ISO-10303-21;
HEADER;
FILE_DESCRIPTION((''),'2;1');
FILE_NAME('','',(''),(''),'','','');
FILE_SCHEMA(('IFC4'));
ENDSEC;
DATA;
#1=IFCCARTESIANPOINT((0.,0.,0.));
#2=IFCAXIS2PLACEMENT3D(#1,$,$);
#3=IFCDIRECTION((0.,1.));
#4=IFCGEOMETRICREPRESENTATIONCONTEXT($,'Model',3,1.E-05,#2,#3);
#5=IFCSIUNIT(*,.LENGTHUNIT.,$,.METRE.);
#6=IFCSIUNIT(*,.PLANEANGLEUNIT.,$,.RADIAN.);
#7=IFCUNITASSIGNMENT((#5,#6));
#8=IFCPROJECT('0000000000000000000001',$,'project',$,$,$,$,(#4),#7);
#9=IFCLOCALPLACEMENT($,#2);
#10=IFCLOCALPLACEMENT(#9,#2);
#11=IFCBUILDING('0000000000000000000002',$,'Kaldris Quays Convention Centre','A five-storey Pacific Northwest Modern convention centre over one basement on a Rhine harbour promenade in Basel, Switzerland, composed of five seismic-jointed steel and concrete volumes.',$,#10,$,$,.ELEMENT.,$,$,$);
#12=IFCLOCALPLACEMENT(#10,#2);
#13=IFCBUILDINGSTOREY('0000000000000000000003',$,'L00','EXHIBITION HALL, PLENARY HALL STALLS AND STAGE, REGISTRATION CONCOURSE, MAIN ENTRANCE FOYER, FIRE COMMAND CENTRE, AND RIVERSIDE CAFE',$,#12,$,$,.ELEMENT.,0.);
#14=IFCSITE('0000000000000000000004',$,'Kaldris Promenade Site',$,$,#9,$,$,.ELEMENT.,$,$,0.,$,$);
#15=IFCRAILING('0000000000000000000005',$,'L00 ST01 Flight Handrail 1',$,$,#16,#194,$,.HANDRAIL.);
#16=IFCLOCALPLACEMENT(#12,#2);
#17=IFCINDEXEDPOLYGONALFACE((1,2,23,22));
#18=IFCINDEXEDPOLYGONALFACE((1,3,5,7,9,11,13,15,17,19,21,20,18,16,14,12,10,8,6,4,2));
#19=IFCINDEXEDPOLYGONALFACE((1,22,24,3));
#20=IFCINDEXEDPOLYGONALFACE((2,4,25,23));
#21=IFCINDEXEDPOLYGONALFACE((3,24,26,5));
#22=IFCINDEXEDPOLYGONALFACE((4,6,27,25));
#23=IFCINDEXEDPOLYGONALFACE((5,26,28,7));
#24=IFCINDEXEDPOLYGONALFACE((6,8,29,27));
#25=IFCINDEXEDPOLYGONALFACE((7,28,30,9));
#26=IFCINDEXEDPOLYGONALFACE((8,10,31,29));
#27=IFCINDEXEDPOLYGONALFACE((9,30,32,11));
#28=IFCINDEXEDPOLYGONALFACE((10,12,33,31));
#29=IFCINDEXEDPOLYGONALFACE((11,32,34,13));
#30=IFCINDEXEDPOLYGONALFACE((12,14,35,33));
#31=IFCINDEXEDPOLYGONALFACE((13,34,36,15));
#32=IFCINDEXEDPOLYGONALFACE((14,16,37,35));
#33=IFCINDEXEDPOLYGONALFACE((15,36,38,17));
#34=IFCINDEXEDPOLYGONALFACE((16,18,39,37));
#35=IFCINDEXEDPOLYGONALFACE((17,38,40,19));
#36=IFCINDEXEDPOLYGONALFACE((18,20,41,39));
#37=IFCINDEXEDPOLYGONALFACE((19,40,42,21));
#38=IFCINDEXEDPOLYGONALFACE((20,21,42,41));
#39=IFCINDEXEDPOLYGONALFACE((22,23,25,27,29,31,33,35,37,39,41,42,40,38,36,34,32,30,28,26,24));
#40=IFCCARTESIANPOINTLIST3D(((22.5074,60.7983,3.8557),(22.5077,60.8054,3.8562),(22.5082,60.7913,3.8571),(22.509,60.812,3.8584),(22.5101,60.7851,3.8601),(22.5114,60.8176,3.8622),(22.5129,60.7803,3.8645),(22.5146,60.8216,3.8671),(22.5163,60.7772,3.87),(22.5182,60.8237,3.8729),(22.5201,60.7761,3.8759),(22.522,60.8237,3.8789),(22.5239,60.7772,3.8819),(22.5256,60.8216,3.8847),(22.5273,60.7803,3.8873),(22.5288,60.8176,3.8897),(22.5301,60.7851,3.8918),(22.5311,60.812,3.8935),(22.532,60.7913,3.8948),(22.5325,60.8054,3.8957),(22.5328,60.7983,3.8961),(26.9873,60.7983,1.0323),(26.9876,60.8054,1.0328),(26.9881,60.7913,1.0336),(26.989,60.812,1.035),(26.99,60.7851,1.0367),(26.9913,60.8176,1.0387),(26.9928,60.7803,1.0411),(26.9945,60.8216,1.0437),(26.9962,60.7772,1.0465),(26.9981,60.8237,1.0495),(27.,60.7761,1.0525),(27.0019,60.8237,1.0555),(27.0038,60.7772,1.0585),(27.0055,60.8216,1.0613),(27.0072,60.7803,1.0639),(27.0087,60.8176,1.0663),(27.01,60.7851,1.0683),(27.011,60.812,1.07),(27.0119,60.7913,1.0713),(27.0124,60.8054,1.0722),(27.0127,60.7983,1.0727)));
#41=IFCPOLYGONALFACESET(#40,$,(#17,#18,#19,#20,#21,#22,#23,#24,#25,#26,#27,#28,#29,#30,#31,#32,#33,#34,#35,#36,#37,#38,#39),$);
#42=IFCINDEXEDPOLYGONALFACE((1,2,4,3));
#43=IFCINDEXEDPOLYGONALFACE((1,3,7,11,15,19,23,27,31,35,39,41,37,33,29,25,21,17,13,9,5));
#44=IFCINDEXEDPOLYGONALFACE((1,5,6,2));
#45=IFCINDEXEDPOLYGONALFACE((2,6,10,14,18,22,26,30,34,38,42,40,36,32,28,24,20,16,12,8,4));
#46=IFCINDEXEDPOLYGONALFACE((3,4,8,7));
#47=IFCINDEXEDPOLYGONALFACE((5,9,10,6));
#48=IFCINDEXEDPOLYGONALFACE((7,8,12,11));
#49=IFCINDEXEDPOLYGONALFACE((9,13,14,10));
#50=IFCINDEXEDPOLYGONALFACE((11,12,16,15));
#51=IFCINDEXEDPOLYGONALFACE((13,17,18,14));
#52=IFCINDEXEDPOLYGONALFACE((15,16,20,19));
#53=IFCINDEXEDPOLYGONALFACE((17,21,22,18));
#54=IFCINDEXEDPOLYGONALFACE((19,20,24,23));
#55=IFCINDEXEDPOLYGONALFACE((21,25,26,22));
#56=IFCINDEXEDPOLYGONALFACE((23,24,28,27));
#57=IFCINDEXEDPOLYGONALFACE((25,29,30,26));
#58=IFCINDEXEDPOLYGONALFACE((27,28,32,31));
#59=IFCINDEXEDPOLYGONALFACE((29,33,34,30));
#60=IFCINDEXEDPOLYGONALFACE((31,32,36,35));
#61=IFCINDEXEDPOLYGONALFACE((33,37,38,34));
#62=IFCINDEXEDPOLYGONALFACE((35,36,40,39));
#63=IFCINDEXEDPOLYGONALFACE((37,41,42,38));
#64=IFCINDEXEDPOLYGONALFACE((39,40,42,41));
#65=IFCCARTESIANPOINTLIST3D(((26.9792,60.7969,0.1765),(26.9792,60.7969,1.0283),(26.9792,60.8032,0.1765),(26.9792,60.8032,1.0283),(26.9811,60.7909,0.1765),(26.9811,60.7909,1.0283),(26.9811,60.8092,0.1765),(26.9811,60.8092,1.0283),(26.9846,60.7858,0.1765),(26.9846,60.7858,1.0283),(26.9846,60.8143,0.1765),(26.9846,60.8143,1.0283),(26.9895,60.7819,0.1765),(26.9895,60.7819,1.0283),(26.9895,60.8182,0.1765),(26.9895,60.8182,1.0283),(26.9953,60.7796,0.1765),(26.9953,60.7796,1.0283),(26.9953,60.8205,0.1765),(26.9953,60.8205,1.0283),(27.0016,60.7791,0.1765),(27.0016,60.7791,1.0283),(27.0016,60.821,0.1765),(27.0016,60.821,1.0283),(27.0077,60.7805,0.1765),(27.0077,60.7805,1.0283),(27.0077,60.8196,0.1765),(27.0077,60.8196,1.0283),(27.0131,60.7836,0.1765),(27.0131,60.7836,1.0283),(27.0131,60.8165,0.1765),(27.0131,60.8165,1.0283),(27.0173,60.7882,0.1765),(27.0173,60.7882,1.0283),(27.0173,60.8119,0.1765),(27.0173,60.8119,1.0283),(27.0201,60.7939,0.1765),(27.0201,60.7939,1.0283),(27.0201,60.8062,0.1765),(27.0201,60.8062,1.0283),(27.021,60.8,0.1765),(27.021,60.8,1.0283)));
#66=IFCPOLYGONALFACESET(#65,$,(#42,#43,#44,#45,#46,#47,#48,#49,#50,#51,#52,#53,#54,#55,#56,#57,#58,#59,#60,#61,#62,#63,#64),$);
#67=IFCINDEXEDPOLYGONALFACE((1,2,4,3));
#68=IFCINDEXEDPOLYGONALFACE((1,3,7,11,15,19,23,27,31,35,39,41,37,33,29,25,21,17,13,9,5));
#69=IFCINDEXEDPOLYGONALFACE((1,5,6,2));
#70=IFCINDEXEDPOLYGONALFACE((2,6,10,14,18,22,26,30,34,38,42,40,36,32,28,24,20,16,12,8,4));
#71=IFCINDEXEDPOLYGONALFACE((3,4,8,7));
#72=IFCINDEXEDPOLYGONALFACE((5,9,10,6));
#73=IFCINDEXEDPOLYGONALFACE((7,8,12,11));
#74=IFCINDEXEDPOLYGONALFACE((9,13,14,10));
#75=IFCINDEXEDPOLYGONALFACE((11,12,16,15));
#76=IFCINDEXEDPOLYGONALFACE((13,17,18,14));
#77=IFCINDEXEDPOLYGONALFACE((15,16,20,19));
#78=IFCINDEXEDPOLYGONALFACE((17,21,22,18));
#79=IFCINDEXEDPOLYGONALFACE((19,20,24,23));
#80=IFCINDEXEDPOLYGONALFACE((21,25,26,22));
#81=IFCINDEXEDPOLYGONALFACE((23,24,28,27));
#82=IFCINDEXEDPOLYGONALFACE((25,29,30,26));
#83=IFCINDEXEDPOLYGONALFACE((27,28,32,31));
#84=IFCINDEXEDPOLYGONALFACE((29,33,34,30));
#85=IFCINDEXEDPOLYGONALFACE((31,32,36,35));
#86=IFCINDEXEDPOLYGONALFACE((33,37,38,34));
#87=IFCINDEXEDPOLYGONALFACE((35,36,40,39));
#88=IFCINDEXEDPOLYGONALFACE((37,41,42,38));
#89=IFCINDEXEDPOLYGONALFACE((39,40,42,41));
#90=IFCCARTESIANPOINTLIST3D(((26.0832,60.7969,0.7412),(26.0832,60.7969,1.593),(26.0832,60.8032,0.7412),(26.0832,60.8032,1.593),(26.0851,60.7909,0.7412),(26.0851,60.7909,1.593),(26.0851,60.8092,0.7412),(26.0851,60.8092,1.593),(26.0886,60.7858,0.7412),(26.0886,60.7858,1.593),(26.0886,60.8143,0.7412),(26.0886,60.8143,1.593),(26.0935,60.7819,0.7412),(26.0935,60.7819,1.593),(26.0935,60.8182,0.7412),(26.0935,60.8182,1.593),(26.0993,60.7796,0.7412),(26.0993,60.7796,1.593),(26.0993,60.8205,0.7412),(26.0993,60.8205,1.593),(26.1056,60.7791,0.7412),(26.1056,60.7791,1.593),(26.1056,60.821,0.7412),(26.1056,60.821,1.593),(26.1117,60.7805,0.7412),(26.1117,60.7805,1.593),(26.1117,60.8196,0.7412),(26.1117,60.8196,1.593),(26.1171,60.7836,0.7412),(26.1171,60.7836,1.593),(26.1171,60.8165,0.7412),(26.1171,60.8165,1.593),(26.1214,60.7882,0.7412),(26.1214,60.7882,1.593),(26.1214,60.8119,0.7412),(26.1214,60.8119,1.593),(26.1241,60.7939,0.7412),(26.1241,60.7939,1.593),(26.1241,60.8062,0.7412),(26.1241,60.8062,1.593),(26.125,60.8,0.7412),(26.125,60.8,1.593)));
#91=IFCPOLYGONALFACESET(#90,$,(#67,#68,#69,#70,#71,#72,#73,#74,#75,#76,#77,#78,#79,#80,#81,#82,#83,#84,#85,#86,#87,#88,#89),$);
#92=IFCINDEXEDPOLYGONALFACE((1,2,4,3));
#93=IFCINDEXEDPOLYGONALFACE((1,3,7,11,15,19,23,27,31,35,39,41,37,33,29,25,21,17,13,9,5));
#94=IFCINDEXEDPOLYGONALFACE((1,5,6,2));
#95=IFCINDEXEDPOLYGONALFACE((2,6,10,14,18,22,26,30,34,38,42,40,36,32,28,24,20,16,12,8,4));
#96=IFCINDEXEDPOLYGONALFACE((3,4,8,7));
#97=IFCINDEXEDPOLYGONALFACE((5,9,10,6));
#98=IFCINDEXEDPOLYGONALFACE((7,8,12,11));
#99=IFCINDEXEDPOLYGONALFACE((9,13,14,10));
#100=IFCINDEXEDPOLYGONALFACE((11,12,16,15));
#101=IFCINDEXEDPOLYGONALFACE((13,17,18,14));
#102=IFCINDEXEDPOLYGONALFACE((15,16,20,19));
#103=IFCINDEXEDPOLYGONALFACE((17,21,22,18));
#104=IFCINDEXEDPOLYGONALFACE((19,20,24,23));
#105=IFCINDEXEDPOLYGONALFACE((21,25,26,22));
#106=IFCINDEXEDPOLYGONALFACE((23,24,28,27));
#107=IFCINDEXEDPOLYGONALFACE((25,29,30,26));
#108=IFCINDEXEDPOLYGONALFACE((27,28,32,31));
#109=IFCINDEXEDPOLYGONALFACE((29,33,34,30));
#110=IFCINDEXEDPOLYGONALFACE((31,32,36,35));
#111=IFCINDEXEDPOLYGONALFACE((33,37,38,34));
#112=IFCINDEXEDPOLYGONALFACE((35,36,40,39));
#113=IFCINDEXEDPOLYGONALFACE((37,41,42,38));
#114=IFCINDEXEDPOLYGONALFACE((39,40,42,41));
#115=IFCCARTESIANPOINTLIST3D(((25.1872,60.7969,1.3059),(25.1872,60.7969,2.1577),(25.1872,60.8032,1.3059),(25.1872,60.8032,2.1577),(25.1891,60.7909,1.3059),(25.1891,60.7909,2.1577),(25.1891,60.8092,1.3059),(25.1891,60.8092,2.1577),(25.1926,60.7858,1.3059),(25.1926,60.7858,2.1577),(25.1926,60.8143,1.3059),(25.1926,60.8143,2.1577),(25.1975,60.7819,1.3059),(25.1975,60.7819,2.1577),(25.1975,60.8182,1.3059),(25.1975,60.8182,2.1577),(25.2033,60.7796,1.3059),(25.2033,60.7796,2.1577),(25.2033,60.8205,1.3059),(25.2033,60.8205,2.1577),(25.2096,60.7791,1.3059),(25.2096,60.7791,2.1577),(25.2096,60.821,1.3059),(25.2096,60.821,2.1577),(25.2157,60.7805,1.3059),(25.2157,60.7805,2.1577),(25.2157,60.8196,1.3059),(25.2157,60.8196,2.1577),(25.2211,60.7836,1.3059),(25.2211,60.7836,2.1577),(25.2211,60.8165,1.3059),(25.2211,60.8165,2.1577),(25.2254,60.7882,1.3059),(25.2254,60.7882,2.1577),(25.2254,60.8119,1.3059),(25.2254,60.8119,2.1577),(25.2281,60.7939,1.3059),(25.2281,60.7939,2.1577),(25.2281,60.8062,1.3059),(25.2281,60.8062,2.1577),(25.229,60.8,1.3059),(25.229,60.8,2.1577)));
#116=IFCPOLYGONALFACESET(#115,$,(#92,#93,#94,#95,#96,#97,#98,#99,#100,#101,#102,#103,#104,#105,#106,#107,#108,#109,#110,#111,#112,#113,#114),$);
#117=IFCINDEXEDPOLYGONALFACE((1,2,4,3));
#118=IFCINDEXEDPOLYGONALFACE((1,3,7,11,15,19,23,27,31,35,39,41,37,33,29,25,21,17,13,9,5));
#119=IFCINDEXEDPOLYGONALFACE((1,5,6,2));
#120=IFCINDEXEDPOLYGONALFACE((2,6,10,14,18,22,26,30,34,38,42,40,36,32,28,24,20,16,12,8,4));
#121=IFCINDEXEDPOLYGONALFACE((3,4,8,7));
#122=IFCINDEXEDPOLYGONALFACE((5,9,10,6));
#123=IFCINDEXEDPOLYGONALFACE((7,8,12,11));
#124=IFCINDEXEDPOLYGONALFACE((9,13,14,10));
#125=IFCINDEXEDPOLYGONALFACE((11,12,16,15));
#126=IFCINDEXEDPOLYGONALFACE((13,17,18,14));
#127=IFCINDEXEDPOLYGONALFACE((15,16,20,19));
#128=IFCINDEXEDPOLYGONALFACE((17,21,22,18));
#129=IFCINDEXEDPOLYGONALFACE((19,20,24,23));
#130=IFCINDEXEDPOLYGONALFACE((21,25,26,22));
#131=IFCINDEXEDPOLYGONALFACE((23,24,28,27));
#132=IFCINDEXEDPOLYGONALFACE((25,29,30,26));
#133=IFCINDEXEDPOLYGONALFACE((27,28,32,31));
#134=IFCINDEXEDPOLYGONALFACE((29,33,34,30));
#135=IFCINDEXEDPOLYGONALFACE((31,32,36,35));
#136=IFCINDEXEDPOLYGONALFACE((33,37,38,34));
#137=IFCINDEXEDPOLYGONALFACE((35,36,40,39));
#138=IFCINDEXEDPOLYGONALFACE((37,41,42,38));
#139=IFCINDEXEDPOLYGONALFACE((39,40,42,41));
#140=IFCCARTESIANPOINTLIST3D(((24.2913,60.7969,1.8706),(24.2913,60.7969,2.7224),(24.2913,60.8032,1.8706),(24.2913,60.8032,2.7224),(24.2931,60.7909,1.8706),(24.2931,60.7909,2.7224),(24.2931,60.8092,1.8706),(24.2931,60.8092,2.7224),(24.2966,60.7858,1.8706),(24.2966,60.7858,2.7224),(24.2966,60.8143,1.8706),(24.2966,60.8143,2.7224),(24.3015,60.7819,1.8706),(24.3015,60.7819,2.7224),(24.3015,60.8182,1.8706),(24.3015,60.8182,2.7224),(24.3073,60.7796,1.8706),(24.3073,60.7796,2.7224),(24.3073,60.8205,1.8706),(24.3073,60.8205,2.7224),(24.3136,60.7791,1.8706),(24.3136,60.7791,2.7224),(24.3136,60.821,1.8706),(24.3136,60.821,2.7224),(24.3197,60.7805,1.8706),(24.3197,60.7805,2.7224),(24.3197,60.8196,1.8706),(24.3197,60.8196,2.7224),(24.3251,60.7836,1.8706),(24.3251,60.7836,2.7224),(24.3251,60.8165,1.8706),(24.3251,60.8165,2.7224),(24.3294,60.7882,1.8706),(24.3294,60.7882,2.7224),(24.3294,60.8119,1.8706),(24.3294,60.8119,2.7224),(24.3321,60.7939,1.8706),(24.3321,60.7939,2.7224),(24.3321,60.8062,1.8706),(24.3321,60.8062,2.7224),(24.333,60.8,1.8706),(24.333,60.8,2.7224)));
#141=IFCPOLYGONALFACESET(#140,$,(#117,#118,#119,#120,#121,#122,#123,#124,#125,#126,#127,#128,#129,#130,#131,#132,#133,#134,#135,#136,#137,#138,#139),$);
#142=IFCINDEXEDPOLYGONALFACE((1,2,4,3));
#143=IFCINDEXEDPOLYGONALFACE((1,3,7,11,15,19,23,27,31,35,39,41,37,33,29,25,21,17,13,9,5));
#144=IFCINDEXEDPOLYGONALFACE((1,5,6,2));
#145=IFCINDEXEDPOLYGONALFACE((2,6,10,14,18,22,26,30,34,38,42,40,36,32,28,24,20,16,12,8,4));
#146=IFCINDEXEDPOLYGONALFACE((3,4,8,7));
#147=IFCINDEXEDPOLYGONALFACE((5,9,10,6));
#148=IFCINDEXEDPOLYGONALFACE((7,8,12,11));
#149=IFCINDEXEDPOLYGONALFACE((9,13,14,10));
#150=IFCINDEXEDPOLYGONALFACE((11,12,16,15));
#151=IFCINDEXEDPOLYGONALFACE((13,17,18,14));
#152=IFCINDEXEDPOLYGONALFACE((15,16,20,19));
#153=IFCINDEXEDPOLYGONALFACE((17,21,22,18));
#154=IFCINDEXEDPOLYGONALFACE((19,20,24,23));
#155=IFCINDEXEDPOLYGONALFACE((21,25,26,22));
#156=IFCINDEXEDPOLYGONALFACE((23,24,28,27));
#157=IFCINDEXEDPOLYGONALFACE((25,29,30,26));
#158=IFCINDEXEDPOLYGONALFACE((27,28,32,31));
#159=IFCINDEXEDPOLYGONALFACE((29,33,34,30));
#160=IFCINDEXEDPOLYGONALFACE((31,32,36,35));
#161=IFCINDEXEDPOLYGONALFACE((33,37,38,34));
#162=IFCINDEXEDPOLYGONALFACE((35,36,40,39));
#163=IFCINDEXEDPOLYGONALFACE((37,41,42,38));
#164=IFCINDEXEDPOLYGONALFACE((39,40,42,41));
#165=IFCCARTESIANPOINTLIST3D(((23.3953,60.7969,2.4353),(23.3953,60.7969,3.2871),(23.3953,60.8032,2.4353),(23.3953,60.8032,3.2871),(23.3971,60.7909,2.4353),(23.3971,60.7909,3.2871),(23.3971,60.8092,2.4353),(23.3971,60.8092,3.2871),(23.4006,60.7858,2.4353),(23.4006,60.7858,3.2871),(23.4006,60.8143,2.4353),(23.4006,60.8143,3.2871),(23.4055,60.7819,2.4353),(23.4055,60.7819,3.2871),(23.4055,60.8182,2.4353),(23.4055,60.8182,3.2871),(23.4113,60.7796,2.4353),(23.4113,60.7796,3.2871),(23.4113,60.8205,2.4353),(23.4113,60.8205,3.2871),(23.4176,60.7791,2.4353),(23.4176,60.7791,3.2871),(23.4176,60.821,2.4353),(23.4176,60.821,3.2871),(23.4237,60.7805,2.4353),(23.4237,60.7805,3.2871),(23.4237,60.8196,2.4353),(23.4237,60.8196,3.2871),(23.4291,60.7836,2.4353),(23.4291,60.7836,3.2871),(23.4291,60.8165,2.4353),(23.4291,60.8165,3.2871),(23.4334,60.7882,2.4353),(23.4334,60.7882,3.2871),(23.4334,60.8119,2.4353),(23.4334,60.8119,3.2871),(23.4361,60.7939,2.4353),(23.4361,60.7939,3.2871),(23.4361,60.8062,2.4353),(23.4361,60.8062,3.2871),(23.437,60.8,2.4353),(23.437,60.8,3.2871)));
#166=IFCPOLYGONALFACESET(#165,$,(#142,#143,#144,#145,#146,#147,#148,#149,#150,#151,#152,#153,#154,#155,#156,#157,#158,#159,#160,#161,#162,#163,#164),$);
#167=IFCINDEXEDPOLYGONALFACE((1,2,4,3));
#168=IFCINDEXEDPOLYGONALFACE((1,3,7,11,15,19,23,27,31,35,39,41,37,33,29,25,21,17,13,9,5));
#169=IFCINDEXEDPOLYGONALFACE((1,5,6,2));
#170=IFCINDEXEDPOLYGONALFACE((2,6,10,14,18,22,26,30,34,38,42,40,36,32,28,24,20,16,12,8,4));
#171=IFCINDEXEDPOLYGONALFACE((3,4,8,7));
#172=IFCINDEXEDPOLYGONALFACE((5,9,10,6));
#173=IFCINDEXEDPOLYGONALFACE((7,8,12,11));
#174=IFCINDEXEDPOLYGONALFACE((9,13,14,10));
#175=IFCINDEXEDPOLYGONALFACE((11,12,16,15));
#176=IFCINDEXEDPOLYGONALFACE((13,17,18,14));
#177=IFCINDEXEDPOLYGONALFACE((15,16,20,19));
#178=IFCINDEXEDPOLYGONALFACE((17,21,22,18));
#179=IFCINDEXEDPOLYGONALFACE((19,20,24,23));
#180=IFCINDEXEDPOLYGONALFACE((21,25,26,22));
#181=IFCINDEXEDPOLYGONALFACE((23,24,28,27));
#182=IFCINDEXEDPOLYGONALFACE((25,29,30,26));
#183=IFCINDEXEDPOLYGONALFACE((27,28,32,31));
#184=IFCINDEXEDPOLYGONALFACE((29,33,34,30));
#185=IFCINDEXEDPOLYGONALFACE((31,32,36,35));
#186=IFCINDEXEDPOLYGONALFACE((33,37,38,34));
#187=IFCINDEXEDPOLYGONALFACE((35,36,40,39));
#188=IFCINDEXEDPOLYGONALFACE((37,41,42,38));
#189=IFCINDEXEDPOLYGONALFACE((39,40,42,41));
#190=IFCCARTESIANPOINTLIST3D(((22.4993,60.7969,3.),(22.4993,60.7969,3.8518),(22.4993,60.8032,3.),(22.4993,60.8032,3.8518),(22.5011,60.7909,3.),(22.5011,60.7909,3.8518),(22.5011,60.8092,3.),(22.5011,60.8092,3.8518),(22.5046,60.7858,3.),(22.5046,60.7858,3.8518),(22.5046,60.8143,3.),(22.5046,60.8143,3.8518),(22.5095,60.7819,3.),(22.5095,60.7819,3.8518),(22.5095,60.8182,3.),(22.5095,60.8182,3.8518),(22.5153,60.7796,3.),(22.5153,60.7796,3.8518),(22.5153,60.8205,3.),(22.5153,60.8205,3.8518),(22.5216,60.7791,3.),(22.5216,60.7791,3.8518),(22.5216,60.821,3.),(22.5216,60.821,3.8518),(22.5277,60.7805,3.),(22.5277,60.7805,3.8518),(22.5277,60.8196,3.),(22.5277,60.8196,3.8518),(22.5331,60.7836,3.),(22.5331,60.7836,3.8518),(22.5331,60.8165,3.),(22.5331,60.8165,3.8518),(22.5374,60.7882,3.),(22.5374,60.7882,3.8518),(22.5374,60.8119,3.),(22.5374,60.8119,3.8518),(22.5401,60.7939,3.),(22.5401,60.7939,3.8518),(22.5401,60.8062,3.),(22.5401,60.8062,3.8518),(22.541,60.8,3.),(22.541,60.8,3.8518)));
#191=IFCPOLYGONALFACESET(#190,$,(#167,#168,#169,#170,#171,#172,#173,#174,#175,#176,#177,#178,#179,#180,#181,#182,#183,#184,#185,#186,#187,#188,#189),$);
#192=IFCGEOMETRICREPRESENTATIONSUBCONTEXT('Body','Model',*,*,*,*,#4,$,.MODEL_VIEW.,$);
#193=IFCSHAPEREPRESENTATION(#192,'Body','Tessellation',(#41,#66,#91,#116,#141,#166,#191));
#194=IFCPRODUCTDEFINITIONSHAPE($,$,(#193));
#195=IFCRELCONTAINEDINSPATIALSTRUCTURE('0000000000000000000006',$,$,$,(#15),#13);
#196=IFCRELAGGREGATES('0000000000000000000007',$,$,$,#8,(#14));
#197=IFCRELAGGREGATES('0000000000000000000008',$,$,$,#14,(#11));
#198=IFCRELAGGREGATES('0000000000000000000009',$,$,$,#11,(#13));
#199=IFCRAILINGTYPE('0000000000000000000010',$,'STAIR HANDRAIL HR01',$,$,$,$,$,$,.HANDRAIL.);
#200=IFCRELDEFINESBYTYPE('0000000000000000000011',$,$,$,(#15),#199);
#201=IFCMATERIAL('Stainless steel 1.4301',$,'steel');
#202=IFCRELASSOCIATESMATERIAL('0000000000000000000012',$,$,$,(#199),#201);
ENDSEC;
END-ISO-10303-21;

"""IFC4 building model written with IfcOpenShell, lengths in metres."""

from ifc_helpers import new_model, si_unit, direction, frame, origin, origin_2d, place, context, subcontext, project, spatial, circle, extrude, material, type_object, element, save


model = new_model("IFC4")

# Units and contexts
model_context = context("Model", 3, precision=1e-05, world=origin(), true_north=direction((0.0, 1.0)))
body_context = subcontext(model_context, "Body", "Model", "MODEL_VIEW")
ifc_project = project(units=[si_unit("LENGTHUNIT", "METRE"), si_unit("PLANEANGLEUNIT", "RADIAN")], contexts=[model_context])

# Site, building, storey
site_placement = place(None, origin())
site = spatial("IfcSite", under=ifc_project, at=site_placement, Name="Kaldris Promenade Site", CompositionType="ELEMENT", RefElevation=0.0)
building_placement = place(site_placement, origin())
building = spatial("IfcBuilding", under=site, at=building_placement, Name="Kaldris Quays Convention Centre", Description="A five-storey Pacific Northwest Modern convention centre over one basement on a Rhine harbour promenade in Basel, Switzerland, composed of five seismic-jointed steel and concrete volumes.", CompositionType="ELEMENT")
storey_placement = place(building_placement, origin())
storey = spatial("IfcBuildingStorey", under=building, at=storey_placement, Name="L00", Description="EXHIBITION HALL, PLENARY HALL STALLS AND STAGE, REGISTRATION CONCOURSE, MAIN ENTRANCE FOYER, FIRE COMMAND CENTRE, AND RIVERSIDE CAFE", CompositionType="ELEMENT", Elevation=0.0)

# Railing
ifc_material_1 = material(Name="Stainless steel 1.4301", Category="steel")
railing_type_1 = type_object("IfcRailingType", Name="STAIR HANDRAIL HR01", PredefinedType="HANDRAIL", material=ifc_material_1)
railing_1_placement = place(storey_placement, frame((27.0, 60.8, 0.1765)))
element("IfcRailing", 1, at=railing_1_placement, inside=storey, type_object=railing_type_1, Name="L00 ST01 Flight Handrail 1", PredefinedType="HANDRAIL", context=body_context, shape_type="SweptSolid", body=[
    extrude(circle(Radius=0.0239, at=origin_2d()), frame((0.0, 0.0, 0.876), z_axis=(-0.845998, 0.0, 0.533186), x_axis=(0.0, -1.0, 0.0)), (0.0, 0.0, 1.0), 5.2954),
    extrude(circle(Radius=0.021, at=origin_2d()), origin(), (0.0, 0.0, 1.0), 0.8518),
    extrude(circle(Radius=0.021, at=origin_2d()), frame((-0.896, 0.0, 0.5647)), (0.0, 0.0, 1.0), 0.8518),
    extrude(circle(Radius=0.021, at=origin_2d()), frame((-1.792, 0.0, 1.1294)), (0.0, 0.0, 1.0), 0.8518),
    extrude(circle(Radius=0.021, at=origin_2d()), frame((-2.688, 0.0, 1.6941)), (0.0, 0.0, 1.0), 0.8518),
    extrude(circle(Radius=0.021, at=origin_2d()), frame((-3.584, 0.0, 2.2588)), (0.0, 0.0, 1.0), 0.8518),
    extrude(circle(Radius=0.021, at=origin_2d()), frame((-4.48, 0.0, 2.8235)), (0.0, 0.0, 1.0), 0.8518),
])

save(model, "model.ifc")
